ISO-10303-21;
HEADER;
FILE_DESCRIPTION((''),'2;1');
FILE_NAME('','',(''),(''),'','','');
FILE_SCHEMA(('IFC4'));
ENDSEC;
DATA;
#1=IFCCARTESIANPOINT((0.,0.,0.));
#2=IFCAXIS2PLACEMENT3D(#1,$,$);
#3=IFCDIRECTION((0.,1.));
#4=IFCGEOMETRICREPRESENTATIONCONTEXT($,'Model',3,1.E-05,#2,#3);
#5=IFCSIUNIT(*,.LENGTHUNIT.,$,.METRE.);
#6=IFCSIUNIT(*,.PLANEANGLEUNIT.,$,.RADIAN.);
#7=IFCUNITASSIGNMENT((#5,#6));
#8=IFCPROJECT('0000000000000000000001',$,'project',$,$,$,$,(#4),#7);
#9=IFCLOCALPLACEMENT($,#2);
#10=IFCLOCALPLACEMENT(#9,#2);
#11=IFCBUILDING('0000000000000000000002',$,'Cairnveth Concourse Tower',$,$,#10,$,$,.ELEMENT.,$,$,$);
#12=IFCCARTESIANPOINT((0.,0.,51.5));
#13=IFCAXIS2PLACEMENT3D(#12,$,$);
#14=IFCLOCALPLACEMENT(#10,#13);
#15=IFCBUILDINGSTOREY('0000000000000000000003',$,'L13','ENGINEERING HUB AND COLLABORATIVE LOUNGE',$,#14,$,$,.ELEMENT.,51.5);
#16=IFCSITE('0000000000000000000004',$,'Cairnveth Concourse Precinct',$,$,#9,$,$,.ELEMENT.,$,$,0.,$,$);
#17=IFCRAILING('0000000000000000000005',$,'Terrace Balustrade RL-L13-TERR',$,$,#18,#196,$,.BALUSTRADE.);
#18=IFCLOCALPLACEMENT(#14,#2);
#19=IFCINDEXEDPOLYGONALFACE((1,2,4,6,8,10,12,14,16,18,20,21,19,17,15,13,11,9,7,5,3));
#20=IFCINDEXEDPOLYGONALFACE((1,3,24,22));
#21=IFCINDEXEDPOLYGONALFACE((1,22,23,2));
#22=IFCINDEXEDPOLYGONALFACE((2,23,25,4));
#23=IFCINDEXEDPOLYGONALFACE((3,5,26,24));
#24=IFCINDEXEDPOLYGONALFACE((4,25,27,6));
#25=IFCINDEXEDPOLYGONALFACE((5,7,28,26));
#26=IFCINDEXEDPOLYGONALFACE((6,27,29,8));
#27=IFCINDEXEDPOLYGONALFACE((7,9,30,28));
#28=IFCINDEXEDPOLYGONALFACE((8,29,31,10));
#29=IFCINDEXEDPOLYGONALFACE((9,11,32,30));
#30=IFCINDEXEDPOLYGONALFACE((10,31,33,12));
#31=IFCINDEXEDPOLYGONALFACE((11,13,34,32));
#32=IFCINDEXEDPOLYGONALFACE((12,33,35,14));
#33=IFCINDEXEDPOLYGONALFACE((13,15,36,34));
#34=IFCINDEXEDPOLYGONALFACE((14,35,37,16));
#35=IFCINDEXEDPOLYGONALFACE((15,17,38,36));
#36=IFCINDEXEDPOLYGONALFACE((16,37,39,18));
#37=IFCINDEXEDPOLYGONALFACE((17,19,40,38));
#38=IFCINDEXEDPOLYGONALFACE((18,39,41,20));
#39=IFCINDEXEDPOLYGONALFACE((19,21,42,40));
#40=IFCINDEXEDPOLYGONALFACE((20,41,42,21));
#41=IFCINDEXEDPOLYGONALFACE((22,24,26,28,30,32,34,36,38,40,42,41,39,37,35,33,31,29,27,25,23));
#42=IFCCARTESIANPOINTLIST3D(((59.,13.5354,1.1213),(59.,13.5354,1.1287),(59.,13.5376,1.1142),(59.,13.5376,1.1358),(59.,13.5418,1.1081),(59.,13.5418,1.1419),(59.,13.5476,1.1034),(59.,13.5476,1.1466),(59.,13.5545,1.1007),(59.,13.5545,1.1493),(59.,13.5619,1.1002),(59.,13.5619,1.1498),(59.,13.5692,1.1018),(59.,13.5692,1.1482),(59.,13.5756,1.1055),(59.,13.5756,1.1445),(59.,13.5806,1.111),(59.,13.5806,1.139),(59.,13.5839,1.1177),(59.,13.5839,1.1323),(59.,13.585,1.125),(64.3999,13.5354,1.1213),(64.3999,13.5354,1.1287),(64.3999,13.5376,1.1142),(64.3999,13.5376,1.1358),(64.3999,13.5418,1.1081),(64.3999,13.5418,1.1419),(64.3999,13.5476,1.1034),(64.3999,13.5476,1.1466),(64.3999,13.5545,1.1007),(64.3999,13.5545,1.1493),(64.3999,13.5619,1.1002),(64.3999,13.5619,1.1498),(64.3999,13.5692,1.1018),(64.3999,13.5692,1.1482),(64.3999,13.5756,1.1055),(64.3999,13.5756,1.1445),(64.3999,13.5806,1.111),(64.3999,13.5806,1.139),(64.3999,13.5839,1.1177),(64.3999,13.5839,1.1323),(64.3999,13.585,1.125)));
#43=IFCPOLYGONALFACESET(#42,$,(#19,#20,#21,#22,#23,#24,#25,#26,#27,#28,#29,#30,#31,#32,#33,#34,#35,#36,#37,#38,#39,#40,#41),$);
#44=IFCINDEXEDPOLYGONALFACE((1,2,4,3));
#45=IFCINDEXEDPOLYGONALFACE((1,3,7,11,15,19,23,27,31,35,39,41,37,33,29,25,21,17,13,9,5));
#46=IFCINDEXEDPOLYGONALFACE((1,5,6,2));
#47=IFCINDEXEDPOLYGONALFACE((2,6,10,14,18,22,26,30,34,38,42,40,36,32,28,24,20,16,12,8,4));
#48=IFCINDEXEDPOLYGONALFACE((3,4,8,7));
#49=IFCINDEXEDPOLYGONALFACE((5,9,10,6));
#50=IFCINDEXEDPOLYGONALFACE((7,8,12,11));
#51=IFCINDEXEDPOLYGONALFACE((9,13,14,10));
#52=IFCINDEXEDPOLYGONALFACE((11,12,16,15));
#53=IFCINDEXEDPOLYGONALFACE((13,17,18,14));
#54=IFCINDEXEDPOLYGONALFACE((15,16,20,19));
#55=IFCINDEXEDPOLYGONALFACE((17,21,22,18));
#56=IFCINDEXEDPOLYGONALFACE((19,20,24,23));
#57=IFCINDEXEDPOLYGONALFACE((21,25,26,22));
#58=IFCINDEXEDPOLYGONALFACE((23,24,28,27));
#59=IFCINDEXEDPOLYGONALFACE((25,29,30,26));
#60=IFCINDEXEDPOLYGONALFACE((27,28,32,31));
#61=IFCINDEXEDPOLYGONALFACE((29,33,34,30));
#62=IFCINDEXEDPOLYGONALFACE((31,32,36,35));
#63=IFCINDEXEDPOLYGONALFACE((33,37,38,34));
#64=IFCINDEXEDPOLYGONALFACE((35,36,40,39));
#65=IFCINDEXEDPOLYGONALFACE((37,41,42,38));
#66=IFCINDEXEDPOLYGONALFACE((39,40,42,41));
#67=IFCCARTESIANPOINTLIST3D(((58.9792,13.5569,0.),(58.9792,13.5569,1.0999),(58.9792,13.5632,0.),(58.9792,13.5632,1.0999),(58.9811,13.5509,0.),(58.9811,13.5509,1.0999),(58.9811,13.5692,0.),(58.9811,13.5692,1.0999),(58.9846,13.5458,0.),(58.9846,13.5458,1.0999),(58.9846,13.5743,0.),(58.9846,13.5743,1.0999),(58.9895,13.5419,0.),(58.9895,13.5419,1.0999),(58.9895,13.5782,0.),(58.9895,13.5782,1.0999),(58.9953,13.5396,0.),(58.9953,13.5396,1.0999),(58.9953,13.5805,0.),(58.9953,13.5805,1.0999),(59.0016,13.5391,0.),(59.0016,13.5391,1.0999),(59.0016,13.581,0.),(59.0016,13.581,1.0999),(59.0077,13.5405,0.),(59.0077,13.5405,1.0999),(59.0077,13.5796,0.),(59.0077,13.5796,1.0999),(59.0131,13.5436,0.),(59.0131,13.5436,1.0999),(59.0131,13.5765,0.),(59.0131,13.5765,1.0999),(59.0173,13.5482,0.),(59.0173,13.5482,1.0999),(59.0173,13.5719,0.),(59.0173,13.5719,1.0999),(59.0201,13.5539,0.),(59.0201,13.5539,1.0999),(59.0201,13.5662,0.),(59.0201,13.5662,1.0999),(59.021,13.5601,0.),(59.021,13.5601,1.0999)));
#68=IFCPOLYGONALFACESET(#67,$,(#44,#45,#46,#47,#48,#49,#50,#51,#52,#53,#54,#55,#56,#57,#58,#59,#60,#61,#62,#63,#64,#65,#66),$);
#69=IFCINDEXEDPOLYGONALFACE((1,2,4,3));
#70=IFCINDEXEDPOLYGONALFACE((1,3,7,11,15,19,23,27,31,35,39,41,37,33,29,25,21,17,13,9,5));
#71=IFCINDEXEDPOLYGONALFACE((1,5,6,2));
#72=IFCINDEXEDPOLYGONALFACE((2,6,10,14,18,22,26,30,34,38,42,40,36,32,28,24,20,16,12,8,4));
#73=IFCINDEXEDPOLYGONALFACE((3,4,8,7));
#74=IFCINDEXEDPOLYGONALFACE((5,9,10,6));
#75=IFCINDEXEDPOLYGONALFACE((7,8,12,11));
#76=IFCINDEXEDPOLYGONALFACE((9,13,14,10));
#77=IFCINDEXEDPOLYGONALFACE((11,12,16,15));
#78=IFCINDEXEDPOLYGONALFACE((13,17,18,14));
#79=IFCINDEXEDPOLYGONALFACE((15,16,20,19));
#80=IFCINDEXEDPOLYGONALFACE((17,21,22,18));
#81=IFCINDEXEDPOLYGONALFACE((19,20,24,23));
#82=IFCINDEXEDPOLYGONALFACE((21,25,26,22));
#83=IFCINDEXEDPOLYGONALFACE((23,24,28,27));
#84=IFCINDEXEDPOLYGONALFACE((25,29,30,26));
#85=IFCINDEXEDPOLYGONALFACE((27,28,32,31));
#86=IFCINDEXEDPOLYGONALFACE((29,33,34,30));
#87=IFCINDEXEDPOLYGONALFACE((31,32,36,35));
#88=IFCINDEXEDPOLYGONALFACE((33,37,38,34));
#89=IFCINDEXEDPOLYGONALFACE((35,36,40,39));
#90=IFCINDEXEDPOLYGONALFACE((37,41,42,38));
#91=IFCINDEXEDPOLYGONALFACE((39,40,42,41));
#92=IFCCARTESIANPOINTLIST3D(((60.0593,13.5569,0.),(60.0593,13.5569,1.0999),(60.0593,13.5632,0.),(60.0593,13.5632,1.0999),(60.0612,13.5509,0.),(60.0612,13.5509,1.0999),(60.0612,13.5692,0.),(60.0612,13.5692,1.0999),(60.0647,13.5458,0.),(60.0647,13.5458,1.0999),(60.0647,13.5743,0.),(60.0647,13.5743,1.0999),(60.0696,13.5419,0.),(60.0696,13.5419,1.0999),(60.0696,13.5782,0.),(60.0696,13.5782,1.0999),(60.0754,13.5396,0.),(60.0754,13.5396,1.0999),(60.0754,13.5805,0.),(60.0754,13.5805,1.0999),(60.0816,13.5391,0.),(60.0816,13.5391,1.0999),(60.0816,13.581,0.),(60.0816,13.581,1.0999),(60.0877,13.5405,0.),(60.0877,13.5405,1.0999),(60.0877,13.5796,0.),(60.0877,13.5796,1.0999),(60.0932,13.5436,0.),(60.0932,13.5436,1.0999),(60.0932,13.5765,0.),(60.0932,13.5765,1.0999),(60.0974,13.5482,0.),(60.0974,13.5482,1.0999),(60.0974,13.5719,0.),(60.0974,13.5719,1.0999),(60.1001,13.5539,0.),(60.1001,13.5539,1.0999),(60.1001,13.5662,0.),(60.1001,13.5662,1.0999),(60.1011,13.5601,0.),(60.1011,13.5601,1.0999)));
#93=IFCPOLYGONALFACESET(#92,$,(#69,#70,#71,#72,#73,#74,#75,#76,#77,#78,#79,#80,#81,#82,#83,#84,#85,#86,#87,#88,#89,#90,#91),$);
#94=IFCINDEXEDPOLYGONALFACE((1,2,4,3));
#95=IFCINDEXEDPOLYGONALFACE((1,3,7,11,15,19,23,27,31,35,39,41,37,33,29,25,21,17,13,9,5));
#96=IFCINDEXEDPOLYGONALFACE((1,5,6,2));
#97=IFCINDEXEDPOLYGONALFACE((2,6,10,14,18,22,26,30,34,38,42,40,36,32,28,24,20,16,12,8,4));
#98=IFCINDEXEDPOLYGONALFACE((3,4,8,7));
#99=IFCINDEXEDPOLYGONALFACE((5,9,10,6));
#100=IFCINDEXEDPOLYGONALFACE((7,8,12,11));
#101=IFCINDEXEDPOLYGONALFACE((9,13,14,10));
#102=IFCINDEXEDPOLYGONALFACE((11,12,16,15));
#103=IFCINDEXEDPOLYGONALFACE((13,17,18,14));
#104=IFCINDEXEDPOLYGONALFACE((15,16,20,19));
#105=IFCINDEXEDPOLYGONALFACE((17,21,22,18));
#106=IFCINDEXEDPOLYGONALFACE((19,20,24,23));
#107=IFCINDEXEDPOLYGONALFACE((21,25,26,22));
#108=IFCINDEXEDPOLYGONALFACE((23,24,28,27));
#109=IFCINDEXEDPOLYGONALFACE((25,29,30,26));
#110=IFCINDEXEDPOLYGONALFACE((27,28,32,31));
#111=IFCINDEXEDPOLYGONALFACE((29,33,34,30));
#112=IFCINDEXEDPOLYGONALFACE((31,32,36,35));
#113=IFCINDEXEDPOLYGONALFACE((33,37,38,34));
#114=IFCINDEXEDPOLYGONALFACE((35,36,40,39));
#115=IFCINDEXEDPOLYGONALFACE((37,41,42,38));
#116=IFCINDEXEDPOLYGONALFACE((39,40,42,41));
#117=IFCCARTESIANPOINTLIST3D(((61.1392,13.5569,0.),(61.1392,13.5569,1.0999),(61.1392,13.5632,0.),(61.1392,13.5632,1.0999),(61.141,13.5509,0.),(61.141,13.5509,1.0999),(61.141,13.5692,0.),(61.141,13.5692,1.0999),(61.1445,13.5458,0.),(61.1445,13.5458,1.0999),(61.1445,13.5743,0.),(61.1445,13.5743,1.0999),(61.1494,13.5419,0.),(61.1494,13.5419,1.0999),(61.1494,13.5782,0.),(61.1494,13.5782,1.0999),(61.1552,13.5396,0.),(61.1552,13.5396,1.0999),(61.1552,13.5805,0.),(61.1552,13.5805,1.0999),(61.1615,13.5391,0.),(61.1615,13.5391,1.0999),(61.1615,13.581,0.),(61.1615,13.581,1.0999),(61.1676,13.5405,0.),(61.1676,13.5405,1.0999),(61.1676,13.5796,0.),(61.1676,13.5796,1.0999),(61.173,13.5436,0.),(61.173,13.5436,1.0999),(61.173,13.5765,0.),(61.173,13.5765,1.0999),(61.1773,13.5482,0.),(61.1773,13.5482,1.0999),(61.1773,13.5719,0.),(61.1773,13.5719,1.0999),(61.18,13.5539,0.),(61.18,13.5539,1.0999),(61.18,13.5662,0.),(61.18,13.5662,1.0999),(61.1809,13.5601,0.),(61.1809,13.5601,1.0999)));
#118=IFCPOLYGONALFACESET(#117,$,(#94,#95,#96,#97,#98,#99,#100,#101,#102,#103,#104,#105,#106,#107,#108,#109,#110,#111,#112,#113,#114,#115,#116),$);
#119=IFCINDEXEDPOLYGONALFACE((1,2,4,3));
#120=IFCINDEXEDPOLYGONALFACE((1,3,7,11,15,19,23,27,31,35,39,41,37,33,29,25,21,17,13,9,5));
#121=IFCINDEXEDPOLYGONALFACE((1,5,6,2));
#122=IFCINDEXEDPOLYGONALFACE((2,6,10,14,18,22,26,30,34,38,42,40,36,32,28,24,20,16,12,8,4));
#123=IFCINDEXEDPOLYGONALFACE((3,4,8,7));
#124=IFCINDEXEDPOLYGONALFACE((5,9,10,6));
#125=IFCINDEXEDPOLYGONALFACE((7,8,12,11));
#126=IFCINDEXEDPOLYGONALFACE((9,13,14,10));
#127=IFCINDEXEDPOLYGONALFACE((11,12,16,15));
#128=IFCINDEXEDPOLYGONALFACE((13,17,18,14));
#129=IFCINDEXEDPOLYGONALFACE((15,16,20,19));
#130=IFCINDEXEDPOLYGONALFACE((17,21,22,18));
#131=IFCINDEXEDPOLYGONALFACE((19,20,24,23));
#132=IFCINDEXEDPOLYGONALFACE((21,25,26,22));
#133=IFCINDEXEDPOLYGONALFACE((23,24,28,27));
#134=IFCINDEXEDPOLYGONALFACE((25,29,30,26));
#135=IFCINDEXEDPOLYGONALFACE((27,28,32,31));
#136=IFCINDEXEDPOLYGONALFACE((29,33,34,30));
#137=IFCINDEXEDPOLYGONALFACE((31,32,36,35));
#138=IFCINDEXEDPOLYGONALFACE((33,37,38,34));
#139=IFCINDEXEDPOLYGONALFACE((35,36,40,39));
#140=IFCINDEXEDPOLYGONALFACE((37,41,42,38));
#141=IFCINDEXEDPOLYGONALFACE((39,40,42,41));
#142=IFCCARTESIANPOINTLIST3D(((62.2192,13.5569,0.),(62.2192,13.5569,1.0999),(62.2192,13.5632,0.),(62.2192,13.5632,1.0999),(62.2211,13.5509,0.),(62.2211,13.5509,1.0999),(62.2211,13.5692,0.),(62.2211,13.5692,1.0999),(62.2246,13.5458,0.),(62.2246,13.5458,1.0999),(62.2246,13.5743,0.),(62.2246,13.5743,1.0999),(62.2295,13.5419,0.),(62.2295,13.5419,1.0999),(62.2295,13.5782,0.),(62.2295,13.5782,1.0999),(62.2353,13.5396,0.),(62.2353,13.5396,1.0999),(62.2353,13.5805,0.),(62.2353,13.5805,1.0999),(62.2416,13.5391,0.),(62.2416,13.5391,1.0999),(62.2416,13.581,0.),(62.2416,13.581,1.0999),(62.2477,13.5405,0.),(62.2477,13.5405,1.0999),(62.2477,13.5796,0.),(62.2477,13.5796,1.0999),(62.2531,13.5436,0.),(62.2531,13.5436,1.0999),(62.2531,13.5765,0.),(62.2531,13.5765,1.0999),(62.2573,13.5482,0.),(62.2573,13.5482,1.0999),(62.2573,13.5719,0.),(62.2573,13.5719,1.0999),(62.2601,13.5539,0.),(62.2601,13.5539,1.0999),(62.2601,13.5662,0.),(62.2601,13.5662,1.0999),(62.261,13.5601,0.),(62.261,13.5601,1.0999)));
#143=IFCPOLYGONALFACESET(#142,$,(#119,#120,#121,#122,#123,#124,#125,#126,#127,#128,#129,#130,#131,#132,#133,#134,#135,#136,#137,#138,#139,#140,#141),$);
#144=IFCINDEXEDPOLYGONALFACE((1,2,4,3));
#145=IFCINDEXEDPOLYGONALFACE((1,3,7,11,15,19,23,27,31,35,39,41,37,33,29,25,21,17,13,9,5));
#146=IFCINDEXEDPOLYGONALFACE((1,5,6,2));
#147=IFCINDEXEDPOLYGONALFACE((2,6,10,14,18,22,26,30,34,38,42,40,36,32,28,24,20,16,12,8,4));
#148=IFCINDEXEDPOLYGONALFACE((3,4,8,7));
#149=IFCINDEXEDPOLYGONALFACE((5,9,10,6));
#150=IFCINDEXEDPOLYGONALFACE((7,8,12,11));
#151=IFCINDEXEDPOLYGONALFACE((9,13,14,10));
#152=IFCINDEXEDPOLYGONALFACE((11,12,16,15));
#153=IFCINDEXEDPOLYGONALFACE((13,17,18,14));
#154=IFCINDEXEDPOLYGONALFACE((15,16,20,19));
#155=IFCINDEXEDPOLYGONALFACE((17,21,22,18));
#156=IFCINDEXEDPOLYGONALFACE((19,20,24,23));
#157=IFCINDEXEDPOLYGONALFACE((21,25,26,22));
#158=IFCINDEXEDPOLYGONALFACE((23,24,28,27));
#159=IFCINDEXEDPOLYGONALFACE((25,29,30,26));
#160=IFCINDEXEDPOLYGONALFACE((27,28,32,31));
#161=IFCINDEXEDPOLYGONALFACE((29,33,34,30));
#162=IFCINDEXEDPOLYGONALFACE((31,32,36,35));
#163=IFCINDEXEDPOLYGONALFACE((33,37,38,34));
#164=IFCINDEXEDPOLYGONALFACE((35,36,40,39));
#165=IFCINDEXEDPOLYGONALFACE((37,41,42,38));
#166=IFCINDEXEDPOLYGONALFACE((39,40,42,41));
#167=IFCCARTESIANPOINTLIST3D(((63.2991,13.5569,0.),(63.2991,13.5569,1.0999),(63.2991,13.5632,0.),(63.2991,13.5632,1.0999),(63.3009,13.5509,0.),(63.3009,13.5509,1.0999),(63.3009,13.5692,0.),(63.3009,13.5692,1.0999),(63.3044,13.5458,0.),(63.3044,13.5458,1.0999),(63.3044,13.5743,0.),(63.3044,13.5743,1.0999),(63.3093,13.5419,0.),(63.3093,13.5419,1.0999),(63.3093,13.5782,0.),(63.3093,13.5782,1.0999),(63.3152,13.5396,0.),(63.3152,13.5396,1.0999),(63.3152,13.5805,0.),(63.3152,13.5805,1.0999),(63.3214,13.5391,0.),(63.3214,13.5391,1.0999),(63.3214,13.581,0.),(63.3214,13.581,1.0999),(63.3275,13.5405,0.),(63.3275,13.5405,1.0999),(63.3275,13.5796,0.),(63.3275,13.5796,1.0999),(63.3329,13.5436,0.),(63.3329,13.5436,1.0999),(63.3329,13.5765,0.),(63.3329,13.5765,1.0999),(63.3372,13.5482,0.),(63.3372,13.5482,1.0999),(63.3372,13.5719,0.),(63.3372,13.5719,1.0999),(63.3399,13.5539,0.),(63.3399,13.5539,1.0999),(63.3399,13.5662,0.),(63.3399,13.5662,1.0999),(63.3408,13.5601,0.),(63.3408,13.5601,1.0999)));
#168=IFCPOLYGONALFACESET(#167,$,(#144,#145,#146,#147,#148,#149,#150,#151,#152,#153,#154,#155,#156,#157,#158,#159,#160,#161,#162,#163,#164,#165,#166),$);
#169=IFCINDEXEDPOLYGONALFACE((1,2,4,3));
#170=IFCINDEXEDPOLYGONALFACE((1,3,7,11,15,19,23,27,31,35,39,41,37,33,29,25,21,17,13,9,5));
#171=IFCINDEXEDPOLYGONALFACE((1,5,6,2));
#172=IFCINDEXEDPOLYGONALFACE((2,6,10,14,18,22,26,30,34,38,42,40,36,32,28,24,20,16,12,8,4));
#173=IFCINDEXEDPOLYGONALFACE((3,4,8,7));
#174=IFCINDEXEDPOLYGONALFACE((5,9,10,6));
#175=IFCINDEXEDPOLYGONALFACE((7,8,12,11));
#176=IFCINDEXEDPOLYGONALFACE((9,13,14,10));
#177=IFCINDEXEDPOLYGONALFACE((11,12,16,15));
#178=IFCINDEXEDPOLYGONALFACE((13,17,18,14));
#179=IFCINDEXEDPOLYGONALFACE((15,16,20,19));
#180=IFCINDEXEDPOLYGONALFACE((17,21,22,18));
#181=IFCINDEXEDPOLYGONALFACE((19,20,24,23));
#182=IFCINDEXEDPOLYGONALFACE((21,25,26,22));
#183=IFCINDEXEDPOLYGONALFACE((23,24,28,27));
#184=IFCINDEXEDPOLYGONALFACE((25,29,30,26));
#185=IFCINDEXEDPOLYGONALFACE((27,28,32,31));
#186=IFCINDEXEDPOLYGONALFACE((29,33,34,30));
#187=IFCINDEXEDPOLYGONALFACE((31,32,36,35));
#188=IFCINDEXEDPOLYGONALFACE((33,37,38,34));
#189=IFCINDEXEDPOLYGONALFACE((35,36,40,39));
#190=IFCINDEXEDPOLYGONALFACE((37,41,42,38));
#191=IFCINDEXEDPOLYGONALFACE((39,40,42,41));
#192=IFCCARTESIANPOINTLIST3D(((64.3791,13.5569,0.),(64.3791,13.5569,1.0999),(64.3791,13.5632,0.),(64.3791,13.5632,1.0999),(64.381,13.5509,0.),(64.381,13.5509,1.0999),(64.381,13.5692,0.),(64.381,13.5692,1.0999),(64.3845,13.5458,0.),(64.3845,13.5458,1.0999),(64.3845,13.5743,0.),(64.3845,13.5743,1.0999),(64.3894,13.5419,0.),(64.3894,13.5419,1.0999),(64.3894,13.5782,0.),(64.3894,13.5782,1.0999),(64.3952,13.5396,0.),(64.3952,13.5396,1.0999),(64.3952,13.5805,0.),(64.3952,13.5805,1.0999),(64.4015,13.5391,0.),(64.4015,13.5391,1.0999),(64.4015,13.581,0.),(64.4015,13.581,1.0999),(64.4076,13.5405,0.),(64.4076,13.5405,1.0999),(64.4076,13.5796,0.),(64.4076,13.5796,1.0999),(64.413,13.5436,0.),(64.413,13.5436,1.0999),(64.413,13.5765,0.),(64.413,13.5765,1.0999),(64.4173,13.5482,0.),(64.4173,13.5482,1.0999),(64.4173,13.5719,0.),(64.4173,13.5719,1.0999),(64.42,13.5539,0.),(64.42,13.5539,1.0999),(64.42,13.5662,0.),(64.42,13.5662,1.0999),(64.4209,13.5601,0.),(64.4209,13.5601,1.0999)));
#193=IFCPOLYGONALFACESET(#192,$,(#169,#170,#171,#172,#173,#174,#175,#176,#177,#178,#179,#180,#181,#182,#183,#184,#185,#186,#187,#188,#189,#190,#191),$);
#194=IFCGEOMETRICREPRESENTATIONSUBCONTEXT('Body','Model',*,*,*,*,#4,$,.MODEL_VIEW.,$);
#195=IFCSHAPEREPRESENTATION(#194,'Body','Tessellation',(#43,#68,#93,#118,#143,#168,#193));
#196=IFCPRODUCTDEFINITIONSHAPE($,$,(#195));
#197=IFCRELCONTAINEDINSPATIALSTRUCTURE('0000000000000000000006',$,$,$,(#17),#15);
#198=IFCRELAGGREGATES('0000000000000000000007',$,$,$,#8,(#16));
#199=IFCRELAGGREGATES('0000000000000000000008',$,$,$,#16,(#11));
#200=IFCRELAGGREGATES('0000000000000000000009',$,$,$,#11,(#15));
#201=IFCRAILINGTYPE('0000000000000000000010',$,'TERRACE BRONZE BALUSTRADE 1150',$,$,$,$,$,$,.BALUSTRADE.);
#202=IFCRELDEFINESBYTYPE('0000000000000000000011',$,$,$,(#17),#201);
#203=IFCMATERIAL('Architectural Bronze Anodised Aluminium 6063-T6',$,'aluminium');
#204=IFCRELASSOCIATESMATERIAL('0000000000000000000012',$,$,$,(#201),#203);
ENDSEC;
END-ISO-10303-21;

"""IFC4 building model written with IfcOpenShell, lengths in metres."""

from ifc_helpers import new_model, si_unit, direction, frame, origin, origin_2d, place, context, subcontext, project, spatial, circle, extrude, material, type_object, element, save


model = new_model("IFC4")

# Units and contexts
model_context = context("Model", 3, precision=1e-05, world=origin(), true_north=direction((0.0, 1.0)))
body_context = subcontext(model_context, "Body", "Model", "MODEL_VIEW")
ifc_project = project(units=[si_unit("LENGTHUNIT", "METRE"), si_unit("PLANEANGLEUNIT", "RADIAN")], contexts=[model_context])

# Site, building, storey
site_placement = place(None, origin())
site = spatial("IfcSite", under=ifc_project, at=site_placement, Name="Cairnveth Concourse Precinct", CompositionType="ELEMENT", RefElevation=0.0)
building_placement = place(site_placement, origin())
building = spatial("IfcBuilding", under=site, at=building_placement, Name="Cairnveth Concourse Tower", CompositionType="ELEMENT")
storey_placement = place(building_placement, frame((0.0, 0.0, 51.5)))
storey = spatial("IfcBuildingStorey", under=building, at=storey_placement, Name="L13", Description="ENGINEERING HUB AND COLLABORATIVE LOUNGE", CompositionType="ELEMENT", Elevation=51.5)

# Shared definitions
ifc_material_1 = material(Name="Architectural Bronze Anodised Aluminium 6063-T6", Category="aluminium")

# Railing
railing_type = type_object("IfcRailingType", Name="TERRACE BRONZE BALUSTRADE 1150", PredefinedType="BALUSTRADE", material=ifc_material_1)
railing_placement = place(storey_placement, frame((59.0, 13.5601, 0.0)))
element("IfcRailing", 1, at=railing_placement, inside=storey, type_object=railing_type, Name="Terrace Balustrade RL-L13-TERR", PredefinedType="BALUSTRADE", context=body_context, shape_type="SweptSolid", body=[
    extrude(circle(Radius=0.0249, at=origin_2d()), frame((0.0, 0.0, 1.125), z_axis=(1.0, 0.0, 0.0), x_axis=(0.0, 1.0, 0.0)), (0.0, 0.0, 1.0), 5.3999),
    extrude(circle(Radius=0.021, at=origin_2d()), origin(), (0.0, 0.0, 1.0), 1.0999),
    extrude(circle(Radius=0.021, at=origin_2d()), frame((1.0801, 0.0, 0.0)), (0.0, 0.0, 1.0), 1.0999),
    extrude(circle(Radius=0.021, at=origin_2d()), frame((2.1599, 0.0, 0.0)), (0.0, 0.0, 1.0), 1.0999),
    extrude(circle(Radius=0.021, at=origin_2d()), frame((3.24, 0.0, 0.0)), (0.0, 0.0, 1.0), 1.0999),
    extrude(circle(Radius=0.021, at=origin_2d()), frame((4.3198, 0.0, 0.0)), (0.0, 0.0, 1.0), 1.0999),
    extrude(circle(Radius=0.021, at=origin_2d()), frame((5.3999, 0.0, 0.0)), (0.0, 0.0, 1.0), 1.0999),
])

save(model, "model.ifc")
